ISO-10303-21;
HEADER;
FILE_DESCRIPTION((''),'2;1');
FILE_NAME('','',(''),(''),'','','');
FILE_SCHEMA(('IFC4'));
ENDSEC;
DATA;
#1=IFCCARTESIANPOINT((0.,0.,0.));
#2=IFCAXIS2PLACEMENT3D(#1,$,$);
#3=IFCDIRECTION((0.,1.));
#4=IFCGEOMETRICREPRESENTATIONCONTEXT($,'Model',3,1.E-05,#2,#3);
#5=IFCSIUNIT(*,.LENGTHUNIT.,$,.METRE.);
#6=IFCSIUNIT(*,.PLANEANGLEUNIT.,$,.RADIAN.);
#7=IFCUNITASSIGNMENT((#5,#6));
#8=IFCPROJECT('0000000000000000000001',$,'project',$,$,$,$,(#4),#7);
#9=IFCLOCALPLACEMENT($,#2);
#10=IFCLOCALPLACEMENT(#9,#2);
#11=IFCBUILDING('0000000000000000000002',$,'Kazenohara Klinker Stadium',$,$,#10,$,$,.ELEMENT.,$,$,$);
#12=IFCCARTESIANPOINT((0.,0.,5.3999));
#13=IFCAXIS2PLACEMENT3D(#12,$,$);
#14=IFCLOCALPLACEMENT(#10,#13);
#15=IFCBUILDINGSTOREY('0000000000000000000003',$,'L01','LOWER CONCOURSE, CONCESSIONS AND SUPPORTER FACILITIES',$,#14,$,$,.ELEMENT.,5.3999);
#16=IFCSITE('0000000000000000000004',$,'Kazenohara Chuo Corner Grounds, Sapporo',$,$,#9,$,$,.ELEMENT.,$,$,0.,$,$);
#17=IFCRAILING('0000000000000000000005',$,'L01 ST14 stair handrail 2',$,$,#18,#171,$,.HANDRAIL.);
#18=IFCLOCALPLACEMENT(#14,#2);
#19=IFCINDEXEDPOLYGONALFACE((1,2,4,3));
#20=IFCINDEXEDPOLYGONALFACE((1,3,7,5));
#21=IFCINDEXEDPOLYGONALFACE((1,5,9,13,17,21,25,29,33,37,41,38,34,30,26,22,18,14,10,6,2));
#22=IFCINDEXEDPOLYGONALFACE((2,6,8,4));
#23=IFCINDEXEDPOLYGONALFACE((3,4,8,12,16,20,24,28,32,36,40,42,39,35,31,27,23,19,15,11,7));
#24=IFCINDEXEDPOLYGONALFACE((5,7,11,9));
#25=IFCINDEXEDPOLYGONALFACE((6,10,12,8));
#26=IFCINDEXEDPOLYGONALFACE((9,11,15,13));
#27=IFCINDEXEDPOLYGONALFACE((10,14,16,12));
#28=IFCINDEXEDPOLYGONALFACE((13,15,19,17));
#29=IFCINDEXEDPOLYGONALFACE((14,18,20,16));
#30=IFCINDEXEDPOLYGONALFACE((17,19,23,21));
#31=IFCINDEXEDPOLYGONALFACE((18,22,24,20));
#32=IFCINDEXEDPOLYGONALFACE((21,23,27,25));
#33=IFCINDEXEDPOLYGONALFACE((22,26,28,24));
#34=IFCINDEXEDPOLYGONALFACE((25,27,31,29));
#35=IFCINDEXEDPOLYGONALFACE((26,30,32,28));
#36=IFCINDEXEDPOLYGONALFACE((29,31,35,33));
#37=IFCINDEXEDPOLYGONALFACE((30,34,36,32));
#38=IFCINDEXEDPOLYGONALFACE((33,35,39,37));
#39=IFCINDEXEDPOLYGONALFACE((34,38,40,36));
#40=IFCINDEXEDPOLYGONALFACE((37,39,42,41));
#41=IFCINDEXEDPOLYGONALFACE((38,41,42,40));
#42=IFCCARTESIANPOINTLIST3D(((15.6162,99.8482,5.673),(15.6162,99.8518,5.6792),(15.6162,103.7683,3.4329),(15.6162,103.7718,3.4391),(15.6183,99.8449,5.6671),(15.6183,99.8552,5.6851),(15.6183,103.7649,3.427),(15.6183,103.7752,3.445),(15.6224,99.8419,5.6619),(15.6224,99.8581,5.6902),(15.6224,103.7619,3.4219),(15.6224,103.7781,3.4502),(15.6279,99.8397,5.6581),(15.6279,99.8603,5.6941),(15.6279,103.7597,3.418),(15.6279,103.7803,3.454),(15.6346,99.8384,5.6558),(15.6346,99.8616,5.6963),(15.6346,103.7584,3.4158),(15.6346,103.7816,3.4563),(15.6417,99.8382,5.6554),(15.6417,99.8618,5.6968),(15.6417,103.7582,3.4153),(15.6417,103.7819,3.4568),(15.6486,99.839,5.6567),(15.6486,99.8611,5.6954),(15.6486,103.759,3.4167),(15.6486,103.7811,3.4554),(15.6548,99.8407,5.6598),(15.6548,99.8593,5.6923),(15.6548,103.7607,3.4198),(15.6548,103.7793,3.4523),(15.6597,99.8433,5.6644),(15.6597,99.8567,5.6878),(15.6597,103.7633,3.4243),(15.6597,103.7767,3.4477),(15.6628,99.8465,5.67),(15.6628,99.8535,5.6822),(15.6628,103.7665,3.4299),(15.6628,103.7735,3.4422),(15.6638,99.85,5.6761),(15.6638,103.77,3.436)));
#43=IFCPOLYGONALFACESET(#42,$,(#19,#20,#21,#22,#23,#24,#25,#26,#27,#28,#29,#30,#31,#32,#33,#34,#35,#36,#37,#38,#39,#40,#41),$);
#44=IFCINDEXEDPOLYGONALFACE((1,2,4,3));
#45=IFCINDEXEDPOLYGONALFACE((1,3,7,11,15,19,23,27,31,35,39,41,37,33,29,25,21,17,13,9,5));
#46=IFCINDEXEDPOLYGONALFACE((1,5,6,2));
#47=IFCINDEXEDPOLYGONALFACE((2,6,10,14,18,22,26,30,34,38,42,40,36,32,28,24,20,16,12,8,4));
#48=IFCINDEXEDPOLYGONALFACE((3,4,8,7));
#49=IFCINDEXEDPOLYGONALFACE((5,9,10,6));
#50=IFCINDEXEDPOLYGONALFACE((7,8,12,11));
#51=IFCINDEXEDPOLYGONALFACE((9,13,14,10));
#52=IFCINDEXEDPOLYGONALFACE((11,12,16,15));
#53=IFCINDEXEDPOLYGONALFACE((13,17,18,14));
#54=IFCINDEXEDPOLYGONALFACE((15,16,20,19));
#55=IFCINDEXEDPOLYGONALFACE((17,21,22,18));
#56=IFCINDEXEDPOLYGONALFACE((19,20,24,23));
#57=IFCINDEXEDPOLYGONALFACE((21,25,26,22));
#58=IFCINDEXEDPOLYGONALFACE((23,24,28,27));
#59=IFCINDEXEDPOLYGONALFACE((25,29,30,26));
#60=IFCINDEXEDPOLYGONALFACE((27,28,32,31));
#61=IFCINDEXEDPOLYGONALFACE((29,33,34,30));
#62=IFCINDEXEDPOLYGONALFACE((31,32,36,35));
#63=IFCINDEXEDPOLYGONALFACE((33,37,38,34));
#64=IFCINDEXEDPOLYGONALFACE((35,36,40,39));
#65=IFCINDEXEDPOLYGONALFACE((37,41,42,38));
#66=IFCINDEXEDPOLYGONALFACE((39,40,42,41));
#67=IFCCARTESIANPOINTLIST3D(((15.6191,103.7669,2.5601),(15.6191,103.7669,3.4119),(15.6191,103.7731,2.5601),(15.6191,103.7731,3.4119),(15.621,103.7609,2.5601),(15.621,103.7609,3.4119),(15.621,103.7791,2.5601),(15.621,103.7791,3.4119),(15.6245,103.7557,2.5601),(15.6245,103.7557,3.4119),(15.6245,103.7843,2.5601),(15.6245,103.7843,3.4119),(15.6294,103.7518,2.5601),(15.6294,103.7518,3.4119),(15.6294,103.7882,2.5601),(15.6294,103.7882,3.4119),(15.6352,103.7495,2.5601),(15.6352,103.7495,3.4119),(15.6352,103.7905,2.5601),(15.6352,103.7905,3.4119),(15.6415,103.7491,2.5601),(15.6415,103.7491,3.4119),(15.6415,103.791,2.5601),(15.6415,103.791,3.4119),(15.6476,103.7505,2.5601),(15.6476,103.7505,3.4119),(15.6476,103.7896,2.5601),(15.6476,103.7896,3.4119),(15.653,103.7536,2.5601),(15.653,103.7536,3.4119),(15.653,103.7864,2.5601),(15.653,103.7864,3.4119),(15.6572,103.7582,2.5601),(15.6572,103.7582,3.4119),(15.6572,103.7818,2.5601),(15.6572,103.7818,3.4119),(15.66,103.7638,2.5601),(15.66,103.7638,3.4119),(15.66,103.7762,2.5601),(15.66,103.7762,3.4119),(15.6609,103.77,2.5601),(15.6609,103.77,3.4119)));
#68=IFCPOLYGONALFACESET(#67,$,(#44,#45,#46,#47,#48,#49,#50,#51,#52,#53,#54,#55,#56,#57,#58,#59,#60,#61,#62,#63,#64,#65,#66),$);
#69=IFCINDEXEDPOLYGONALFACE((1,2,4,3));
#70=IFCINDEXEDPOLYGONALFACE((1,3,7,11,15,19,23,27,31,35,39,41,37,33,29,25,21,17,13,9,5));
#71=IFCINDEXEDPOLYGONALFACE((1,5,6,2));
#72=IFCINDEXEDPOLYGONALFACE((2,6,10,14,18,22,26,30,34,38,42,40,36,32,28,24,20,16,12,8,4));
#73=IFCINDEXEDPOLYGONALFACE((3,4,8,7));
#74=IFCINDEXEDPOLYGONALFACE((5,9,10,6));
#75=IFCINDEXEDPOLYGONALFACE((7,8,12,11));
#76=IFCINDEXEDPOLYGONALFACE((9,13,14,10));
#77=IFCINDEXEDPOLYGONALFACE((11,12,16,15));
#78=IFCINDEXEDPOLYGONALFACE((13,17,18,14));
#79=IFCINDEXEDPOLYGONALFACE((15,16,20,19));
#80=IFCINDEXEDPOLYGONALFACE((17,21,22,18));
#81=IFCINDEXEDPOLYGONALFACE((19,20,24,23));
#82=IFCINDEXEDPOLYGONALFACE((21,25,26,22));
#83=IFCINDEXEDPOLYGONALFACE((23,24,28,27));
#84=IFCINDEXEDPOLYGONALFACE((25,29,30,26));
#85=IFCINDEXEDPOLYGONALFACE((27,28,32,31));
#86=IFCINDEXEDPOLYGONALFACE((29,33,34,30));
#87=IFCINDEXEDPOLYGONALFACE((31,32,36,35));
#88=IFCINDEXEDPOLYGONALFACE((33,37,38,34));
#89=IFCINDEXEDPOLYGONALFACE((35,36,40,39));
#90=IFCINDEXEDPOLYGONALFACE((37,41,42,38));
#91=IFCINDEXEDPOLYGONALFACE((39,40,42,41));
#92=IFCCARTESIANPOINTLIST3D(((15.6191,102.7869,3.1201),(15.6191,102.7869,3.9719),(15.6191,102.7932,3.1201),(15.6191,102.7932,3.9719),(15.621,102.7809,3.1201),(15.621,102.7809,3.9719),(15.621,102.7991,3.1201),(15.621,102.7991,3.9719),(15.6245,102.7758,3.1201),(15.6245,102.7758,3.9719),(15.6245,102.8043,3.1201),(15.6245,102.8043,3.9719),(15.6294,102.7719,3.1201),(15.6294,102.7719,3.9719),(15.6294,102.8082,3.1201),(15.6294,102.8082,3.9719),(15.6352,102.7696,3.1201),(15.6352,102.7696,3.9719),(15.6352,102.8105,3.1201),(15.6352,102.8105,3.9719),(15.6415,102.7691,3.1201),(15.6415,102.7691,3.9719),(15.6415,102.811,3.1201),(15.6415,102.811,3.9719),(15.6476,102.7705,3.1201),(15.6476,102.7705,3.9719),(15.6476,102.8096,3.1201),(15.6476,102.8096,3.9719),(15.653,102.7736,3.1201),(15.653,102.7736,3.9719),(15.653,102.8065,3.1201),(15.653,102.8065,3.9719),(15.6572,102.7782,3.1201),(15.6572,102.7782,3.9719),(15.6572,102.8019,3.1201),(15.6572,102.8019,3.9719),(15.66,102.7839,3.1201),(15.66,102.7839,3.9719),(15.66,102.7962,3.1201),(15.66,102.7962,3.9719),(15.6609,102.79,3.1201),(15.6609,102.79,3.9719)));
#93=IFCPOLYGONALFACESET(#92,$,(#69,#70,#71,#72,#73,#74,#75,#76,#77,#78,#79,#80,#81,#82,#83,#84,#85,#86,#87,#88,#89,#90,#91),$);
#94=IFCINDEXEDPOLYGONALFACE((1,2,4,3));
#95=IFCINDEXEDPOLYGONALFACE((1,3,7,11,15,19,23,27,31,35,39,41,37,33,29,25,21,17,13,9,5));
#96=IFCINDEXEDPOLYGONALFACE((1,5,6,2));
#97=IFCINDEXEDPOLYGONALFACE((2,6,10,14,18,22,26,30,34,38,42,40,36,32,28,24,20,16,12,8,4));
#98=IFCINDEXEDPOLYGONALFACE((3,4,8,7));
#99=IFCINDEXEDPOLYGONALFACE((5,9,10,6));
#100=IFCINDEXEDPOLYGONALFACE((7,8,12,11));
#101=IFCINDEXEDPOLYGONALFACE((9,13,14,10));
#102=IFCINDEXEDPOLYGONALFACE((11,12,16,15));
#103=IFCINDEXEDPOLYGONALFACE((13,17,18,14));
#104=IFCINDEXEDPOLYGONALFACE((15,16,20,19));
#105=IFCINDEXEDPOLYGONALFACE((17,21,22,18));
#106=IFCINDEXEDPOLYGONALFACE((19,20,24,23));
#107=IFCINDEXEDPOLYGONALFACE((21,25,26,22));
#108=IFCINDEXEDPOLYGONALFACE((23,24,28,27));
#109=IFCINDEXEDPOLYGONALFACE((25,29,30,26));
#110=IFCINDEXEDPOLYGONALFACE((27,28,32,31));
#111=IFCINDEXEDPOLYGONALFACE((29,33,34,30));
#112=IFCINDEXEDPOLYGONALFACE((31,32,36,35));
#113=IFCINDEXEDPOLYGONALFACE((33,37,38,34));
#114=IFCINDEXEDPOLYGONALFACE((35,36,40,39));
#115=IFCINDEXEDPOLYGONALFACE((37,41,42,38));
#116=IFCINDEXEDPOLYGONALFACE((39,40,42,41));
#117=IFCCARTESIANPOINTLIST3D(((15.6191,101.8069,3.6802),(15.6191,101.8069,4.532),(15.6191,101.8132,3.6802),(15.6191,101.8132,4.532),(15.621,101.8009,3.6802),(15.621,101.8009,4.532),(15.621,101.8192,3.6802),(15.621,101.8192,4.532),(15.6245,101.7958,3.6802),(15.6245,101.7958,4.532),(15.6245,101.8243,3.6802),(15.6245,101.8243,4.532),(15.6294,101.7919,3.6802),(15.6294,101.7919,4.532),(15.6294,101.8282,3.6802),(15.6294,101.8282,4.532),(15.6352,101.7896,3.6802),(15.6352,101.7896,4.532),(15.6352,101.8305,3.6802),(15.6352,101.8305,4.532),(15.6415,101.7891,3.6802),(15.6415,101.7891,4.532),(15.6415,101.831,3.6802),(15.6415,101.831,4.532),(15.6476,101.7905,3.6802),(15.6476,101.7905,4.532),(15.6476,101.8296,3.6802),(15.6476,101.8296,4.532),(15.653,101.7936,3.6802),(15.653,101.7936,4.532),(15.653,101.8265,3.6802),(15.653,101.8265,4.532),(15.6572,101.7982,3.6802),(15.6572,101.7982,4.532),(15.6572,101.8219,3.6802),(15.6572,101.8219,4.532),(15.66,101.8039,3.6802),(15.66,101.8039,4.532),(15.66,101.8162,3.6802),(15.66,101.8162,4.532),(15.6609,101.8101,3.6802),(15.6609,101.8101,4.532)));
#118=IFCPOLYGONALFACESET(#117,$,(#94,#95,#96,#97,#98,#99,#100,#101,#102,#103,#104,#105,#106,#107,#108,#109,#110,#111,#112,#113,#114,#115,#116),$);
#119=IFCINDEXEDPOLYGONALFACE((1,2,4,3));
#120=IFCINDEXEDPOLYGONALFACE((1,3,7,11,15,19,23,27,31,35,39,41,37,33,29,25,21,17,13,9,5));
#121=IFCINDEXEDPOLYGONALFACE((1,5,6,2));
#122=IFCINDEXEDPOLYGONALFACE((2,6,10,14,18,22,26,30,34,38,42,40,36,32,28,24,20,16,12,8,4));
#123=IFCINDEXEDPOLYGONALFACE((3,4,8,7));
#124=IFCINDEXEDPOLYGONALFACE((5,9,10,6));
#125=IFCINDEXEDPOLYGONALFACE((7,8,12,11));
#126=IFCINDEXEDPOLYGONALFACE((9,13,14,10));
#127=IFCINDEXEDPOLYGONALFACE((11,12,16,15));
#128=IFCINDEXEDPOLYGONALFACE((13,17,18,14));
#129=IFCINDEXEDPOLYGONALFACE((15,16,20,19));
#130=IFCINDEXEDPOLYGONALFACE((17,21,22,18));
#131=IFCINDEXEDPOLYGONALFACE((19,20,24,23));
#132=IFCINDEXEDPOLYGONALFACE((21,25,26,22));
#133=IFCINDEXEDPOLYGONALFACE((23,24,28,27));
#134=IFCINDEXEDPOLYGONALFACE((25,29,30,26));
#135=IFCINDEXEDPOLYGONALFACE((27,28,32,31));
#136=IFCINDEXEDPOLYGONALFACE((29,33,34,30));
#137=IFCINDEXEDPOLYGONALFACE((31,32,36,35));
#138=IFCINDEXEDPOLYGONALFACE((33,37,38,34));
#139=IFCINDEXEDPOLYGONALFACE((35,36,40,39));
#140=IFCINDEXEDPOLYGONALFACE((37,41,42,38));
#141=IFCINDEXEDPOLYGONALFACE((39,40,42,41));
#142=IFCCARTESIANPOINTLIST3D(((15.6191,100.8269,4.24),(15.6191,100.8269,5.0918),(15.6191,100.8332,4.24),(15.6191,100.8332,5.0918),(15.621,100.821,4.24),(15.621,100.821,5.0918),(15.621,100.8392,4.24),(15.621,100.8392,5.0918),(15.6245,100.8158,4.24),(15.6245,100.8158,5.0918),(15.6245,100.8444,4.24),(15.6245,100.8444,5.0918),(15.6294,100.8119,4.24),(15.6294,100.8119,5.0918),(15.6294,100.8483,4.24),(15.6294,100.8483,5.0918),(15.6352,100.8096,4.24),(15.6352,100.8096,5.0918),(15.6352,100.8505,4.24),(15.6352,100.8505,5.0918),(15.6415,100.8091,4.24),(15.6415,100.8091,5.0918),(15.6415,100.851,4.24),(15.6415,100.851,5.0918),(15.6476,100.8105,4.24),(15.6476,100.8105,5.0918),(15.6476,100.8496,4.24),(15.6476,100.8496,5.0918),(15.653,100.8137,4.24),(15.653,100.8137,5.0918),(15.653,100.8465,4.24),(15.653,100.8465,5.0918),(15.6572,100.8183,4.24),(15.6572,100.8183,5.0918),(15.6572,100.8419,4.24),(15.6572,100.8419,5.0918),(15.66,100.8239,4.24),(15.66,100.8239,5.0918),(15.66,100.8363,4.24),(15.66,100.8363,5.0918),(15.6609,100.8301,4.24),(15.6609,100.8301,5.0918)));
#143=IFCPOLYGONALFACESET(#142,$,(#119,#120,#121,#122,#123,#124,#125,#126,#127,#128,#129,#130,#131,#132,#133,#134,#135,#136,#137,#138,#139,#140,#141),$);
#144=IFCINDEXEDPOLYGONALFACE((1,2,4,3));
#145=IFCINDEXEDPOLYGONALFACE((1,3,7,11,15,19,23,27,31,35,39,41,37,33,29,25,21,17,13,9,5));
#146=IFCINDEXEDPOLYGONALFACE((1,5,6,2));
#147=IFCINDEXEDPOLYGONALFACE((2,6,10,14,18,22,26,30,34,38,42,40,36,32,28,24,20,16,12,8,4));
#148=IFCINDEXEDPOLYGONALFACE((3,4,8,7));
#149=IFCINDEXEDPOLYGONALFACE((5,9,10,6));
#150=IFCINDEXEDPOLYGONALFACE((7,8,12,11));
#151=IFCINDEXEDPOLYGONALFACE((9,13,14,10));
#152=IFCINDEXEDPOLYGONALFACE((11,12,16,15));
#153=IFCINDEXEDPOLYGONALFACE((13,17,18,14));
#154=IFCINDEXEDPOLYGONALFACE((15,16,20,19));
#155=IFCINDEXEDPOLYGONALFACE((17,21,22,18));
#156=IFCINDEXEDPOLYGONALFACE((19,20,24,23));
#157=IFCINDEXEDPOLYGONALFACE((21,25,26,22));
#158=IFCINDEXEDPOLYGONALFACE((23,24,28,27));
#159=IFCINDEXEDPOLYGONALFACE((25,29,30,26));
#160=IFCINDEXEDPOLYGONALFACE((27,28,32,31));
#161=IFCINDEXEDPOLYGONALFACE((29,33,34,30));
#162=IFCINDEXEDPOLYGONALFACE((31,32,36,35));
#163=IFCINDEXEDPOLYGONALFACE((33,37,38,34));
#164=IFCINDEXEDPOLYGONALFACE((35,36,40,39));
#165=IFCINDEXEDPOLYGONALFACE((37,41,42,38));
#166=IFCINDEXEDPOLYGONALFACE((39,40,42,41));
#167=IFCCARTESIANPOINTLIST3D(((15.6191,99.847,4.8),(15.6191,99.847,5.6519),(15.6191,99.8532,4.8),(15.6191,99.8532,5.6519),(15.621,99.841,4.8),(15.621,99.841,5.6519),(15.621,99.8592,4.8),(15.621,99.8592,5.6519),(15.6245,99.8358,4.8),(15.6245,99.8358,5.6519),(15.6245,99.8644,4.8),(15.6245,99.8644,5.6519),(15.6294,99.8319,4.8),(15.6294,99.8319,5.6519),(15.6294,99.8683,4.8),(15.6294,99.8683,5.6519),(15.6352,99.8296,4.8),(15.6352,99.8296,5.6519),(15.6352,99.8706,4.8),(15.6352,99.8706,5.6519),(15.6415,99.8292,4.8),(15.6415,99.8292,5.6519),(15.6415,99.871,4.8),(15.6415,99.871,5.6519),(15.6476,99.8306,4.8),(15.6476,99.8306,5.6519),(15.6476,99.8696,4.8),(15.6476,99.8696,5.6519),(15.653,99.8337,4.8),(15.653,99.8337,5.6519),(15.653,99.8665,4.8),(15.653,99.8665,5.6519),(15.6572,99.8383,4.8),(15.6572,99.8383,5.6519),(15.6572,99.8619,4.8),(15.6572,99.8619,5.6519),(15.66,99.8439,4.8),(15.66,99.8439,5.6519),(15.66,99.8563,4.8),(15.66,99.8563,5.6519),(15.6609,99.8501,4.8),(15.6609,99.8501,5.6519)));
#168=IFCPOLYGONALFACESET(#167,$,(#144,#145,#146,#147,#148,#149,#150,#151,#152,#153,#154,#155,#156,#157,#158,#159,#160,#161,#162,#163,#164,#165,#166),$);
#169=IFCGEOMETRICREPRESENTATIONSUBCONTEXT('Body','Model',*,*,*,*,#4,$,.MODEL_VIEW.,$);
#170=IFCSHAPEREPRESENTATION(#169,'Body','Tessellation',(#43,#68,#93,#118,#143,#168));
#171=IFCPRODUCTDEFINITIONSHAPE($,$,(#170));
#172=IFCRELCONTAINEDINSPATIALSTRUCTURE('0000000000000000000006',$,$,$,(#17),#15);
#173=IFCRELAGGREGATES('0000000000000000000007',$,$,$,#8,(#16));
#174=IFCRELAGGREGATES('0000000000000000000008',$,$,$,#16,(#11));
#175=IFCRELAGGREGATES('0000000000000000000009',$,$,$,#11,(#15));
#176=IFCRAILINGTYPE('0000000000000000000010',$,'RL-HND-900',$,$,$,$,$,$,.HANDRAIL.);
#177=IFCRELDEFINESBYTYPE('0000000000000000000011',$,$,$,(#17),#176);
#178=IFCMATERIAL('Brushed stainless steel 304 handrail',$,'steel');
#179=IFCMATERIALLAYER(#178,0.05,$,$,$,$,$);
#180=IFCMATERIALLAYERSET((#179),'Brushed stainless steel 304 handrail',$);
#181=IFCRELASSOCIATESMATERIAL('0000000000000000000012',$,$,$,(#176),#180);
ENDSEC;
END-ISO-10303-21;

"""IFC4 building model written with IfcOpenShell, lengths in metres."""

from ifc_helpers import new_model, si_unit, direction, frame, origin, origin_2d, place, context, subcontext, project, spatial, circle, extrude, material, layer, layer_set, type_object, element, save


model = new_model("IFC4")

# Units and contexts
model_context = context("Model", 3, precision=1e-05, world=origin(), true_north=direction((0.0, 1.0)))
body_context = subcontext(model_context, "Body", "Model", "MODEL_VIEW")
ifc_project = project(units=[si_unit("LENGTHUNIT", "METRE"), si_unit("PLANEANGLEUNIT", "RADIAN")], contexts=[model_context])

# Site, building, storey
site_placement = place(None, origin())
site = spatial("IfcSite", under=ifc_project, at=site_placement, Name="Kazenohara Chuo Corner Grounds, Sapporo", CompositionType="ELEMENT", RefElevation=0.0)
building_placement = place(site_placement, origin())
building = spatial("IfcBuilding", under=site, at=building_placement, Name="Kazenohara Klinker Stadium", CompositionType="ELEMENT")
storey_placement = place(building_placement, frame((0.0, 0.0, 5.3999)))
storey = spatial("IfcBuildingStorey", under=building, at=storey_placement, Name="L01", Description="LOWER CONCOURSE, CONCESSIONS AND SUPPORTER FACILITIES", CompositionType="ELEMENT", Elevation=5.3999)

# Railing
ifc_material_1 = material(Name="Brushed stainless steel 304 handrail", Category="steel")
ifc_layer_1 = layer(ifc_material_1, 0.05)
ifc_layer_set_1 = layer_set([ifc_layer_1], Name="Brushed stainless steel 304 handrail")
railing_type_1 = type_object("IfcRailingType", Name="RL-HND-900", PredefinedType="HANDRAIL", material=ifc_layer_set_1)
railing_1_placement = place(storey_placement, frame((15.6399, 103.77, 2.5601)))
element("IfcRailing", 1, at=railing_1_placement, inside=storey, type_object=railing_type_1, Name="L01 ST14 stair handrail 2", PredefinedType="HANDRAIL", context=body_context, shape_type="SweptSolid", body=[
    extrude(circle(Radius=0.0239, at=origin_2d()), frame((0.0, 0.0, 0.876), z_axis=(0.0, -0.86824, 0.496145), x_axis=(1.0, 0.0, 0.0)), (0.0, 0.0, 1.0), 4.5149),
    extrude(circle(Radius=0.021, at=origin_2d()), origin(), (0.0, 0.0, 1.0), 0.8518),
    extrude(circle(Radius=0.021, at=origin_2d()), frame((0.0, -0.98, 0.5601)), (0.0, 0.0, 1.0), 0.8518),
    extrude(circle(Radius=0.021, at=origin_2d()), frame((0.0, -1.96, 1.1201)), (0.0, 0.0, 1.0), 0.8518),
    extrude(circle(Radius=0.021, at=origin_2d()), frame((0.0, -2.9399, 1.6799)), (0.0, 0.0, 1.0), 0.8518),
    extrude(circle(Radius=0.021, at=origin_2d()), frame((0.0, -3.9199, 2.24)), (0.0, 0.0, 1.0), 0.8518),
])

save(model, "model.ifc")
